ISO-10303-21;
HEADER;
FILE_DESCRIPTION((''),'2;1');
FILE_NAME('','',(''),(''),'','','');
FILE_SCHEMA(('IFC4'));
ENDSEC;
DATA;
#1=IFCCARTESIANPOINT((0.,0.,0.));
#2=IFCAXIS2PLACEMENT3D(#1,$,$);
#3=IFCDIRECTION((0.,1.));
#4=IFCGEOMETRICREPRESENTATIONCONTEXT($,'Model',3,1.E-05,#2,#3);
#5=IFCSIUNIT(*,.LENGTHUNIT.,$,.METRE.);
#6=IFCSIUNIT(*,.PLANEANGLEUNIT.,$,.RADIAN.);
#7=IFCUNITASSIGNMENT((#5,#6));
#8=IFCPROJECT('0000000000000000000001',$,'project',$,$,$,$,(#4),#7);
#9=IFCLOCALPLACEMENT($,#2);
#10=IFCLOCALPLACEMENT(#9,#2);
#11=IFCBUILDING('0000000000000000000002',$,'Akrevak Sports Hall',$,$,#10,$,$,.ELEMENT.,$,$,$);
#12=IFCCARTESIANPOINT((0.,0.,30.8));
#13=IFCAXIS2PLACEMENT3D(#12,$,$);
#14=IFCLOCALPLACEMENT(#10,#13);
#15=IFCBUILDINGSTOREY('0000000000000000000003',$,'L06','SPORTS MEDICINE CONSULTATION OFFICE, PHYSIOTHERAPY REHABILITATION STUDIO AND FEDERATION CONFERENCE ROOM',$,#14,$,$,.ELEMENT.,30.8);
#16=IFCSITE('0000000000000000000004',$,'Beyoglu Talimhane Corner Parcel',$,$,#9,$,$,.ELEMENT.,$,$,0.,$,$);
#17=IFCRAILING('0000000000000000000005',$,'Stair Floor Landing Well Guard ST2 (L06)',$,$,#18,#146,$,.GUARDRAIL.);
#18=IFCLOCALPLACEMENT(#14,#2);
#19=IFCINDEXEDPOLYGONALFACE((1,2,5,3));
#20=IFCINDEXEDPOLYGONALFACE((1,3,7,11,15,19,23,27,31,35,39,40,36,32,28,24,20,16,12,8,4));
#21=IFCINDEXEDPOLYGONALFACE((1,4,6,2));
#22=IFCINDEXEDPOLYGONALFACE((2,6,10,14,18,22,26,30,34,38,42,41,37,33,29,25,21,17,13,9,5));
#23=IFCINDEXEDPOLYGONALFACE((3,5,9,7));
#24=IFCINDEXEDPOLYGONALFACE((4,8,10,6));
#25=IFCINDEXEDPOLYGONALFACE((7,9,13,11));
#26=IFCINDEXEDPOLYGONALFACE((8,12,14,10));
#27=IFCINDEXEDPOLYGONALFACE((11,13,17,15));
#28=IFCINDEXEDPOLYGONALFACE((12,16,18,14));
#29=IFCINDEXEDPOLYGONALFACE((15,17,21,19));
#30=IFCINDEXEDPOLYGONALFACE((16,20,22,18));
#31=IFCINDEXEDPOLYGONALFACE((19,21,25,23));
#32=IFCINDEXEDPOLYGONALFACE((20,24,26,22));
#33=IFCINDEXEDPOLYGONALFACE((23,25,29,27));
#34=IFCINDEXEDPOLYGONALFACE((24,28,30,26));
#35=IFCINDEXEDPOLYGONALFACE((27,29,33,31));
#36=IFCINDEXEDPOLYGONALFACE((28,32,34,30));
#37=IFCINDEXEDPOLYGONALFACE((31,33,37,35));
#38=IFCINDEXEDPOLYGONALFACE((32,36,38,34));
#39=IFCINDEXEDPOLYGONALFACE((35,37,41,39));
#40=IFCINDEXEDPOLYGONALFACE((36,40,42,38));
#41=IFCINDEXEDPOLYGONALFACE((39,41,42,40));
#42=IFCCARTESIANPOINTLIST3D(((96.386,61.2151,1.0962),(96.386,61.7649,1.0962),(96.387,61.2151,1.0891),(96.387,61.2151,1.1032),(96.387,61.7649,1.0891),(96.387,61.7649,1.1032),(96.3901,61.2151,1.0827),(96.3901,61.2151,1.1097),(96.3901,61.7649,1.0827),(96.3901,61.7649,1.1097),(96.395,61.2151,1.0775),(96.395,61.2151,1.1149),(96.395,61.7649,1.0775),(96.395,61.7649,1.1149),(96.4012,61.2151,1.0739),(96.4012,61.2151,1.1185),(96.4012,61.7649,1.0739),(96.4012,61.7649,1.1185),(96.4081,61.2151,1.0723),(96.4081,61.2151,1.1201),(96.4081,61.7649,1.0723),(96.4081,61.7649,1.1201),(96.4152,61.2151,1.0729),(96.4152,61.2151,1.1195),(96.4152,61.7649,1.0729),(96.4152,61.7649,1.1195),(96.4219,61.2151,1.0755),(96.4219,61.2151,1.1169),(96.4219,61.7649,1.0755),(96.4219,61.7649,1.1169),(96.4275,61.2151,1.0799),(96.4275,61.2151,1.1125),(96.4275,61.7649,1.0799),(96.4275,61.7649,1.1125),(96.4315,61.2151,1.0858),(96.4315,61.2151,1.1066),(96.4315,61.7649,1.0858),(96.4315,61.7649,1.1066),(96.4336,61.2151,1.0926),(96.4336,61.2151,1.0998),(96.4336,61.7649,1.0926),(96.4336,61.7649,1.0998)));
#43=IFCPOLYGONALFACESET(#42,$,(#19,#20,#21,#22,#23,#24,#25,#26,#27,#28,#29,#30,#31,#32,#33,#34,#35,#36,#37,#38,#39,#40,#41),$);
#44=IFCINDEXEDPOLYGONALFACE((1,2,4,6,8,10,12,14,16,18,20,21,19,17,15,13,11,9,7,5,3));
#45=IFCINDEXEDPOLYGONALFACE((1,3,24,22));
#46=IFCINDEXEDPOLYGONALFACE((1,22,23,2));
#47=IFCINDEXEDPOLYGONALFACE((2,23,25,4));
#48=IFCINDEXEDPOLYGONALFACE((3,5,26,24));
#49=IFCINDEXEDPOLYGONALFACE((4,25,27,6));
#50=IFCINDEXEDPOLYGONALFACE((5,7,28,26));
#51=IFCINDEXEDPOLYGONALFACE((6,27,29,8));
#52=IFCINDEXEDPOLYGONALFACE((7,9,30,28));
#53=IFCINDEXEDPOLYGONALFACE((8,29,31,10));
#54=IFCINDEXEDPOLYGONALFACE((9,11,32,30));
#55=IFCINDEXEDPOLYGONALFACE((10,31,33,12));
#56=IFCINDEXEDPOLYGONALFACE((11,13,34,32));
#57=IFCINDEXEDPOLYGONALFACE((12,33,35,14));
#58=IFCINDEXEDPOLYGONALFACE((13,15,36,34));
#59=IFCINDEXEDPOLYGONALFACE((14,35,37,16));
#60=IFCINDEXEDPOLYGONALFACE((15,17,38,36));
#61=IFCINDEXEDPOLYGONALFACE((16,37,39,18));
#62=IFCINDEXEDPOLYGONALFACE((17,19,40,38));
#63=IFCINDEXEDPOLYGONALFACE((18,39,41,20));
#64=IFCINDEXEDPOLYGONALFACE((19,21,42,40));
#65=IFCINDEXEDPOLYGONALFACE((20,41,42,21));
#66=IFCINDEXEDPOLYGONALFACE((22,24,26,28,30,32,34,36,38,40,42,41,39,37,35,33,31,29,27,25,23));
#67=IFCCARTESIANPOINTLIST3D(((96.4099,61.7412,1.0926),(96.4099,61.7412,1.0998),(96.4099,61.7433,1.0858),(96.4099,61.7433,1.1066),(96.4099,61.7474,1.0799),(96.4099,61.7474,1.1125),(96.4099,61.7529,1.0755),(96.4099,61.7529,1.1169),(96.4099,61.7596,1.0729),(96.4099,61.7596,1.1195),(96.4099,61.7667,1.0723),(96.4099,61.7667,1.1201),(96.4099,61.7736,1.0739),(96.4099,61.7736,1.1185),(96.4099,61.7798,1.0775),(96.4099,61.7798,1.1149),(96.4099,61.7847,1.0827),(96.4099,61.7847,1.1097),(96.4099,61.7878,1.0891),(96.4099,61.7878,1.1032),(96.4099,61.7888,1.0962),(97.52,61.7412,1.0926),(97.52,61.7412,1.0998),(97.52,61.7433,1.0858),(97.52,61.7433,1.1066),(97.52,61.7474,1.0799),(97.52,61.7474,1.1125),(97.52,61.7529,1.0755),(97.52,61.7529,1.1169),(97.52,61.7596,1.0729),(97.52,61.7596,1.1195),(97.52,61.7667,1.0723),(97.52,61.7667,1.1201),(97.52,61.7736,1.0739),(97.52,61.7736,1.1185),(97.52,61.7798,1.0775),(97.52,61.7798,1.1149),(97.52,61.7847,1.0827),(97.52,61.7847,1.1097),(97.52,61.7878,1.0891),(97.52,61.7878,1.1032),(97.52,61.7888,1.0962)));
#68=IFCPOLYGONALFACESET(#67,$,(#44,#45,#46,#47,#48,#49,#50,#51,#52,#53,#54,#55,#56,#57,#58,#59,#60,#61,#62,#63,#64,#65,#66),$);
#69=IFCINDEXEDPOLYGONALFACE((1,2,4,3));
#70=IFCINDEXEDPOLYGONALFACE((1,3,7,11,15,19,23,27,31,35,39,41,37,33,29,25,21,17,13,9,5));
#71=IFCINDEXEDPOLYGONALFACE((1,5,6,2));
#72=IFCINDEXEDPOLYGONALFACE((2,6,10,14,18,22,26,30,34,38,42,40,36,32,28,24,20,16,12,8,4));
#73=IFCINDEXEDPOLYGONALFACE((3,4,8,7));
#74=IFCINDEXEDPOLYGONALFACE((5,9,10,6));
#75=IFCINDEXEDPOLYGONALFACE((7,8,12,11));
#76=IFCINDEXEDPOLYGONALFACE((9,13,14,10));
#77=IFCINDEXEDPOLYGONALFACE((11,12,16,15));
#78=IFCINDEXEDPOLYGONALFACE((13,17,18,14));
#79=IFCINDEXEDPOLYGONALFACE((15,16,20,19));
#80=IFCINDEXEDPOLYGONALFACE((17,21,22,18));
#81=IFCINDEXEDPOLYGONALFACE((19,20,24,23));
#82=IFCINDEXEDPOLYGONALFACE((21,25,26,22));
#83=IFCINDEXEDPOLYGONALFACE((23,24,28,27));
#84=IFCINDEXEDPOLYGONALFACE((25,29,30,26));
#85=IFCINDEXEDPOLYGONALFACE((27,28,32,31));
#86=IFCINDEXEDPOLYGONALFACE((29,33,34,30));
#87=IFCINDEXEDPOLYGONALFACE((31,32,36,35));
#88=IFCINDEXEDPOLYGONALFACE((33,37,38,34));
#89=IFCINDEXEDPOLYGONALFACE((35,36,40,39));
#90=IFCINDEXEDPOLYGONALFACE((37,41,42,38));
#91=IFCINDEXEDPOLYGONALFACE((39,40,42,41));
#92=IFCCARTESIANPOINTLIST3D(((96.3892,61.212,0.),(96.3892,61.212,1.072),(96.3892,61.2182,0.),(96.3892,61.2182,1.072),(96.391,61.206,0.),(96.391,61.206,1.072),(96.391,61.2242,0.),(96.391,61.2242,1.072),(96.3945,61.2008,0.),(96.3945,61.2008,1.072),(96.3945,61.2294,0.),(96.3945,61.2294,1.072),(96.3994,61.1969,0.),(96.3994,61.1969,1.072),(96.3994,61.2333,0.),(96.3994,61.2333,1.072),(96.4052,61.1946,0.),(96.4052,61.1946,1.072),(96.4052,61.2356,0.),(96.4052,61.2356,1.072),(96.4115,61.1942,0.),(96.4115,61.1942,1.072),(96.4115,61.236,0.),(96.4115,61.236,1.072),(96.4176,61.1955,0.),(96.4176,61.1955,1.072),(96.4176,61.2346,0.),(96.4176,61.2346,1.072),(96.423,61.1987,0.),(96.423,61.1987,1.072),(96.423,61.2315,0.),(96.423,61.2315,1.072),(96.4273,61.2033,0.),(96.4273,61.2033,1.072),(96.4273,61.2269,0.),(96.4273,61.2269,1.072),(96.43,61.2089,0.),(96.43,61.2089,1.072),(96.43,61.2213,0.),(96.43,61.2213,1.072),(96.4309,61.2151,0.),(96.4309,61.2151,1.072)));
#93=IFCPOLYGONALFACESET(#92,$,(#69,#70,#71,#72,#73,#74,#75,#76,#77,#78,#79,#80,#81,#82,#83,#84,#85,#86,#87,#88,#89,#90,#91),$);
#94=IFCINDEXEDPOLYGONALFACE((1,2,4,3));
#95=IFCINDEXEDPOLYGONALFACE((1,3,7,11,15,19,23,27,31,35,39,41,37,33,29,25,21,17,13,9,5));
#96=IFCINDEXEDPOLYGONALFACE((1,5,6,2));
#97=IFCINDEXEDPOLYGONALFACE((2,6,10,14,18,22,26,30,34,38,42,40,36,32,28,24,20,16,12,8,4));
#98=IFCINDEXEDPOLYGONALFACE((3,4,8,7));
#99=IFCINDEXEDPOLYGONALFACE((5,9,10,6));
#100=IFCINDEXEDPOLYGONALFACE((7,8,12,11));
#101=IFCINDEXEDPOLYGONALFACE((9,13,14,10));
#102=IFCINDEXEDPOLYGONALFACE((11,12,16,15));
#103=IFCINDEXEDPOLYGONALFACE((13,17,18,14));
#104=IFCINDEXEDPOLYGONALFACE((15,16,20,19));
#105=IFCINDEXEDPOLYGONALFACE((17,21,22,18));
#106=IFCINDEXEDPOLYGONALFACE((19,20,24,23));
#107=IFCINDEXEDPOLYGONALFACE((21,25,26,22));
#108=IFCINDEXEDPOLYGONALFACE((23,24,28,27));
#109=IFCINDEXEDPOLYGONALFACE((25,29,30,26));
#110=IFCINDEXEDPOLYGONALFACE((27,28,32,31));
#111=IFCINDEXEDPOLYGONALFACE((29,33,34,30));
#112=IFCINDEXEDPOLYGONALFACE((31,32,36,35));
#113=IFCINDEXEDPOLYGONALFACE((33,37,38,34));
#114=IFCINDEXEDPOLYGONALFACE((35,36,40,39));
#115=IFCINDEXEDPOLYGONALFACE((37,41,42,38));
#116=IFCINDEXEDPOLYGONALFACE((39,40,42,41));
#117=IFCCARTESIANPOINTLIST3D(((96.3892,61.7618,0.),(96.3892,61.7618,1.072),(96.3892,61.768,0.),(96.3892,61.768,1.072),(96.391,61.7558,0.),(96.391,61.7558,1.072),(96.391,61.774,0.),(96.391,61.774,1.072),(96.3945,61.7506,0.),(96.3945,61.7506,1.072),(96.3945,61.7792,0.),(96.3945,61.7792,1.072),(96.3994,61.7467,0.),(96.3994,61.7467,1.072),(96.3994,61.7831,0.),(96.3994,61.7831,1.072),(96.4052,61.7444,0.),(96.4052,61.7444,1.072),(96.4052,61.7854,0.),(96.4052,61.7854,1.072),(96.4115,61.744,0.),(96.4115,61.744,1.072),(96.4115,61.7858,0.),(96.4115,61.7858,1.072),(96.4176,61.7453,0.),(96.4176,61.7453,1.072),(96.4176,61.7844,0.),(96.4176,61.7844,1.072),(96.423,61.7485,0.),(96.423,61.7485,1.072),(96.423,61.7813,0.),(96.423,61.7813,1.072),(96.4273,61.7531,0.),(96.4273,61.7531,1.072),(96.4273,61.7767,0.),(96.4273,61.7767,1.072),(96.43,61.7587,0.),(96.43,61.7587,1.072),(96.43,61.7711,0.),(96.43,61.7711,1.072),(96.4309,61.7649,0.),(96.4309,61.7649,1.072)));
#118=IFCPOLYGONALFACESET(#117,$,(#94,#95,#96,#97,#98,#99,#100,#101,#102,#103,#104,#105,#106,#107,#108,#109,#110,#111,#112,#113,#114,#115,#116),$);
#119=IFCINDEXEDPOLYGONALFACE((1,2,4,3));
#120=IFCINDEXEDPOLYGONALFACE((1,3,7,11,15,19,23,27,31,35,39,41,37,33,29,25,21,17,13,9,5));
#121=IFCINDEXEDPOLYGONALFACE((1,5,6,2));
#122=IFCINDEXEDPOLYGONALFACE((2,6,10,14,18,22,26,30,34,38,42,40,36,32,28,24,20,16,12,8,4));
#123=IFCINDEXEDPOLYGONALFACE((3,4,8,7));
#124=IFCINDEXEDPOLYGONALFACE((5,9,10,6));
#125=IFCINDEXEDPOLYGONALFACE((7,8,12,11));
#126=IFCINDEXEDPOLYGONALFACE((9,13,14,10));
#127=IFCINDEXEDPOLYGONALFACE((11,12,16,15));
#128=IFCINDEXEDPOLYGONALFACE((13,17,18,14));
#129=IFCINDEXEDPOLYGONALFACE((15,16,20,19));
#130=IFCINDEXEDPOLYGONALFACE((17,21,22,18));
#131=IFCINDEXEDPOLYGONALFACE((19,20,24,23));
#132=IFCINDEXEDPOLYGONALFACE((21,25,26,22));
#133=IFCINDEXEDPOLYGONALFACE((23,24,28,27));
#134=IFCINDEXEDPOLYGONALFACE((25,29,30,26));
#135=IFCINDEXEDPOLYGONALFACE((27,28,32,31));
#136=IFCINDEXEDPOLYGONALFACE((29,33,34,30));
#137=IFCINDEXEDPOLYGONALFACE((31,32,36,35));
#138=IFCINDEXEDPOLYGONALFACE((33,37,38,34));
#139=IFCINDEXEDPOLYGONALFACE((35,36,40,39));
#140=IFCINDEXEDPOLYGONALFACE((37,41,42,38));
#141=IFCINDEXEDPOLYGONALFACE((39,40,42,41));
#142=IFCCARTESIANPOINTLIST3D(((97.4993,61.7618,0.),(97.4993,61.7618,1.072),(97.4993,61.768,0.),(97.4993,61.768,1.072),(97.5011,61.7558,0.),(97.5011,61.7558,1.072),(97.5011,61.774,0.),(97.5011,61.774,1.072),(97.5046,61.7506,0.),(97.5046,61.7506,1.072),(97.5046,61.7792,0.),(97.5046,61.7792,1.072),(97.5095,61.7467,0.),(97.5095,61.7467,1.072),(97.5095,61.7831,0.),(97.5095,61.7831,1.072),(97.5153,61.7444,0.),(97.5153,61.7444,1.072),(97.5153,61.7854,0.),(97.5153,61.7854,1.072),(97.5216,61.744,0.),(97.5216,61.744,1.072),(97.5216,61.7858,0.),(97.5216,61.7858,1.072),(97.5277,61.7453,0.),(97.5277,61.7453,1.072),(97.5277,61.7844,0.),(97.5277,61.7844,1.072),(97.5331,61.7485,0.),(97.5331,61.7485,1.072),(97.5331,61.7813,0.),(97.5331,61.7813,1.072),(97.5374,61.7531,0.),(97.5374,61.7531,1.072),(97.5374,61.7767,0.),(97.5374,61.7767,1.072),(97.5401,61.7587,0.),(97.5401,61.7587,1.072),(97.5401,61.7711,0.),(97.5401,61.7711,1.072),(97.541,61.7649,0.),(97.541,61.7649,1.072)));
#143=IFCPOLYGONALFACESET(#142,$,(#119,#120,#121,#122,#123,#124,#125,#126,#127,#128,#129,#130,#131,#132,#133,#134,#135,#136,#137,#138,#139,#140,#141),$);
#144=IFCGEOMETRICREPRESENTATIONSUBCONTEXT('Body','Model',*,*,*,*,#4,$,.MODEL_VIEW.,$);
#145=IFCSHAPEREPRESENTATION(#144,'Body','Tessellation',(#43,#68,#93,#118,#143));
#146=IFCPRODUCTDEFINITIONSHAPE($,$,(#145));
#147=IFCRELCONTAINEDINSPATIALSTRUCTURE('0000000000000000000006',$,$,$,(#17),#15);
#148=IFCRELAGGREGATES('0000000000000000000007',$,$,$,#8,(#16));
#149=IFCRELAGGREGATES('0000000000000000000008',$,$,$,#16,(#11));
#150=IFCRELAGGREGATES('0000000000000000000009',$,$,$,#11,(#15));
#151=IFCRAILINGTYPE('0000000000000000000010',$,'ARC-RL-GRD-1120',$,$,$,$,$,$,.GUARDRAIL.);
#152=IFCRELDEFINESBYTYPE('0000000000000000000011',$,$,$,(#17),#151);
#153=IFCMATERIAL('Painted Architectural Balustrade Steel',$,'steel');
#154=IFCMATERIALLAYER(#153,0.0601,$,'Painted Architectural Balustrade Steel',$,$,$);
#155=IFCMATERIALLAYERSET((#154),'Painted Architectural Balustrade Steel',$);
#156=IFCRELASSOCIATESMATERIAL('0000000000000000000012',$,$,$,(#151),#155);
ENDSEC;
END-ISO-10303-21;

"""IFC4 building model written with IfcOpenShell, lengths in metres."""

from ifc_helpers import new_model, si_unit, direction, frame, origin, origin_2d, place, context, subcontext, project, spatial, circle, extrude, material, layer, layer_set, type_object, element, save


model = new_model("IFC4")

# Units and contexts
model_context = context("Model", 3, precision=1e-05, world=origin(), true_north=direction((0.0, 1.0)))
body_context = subcontext(model_context, "Body", "Model", "MODEL_VIEW")
ifc_project = project(units=[si_unit("LENGTHUNIT", "METRE"), si_unit("PLANEANGLEUNIT", "RADIAN")], contexts=[model_context])

# Site, building, storey
site_placement = place(None, origin())
site = spatial("IfcSite", under=ifc_project, at=site_placement, Name="Beyoglu Talimhane Corner Parcel", CompositionType="ELEMENT", RefElevation=0.0)
building_placement = place(site_placement, origin())
building = spatial("IfcBuilding", under=site, at=building_placement, Name="Akrevak Sports Hall", CompositionType="ELEMENT")
storey_placement = place(building_placement, frame((0.0, 0.0, 30.8)))
storey = spatial("IfcBuildingStorey", under=building, at=storey_placement, Name="L06", Description="SPORTS MEDICINE CONSULTATION OFFICE, PHYSIOTHERAPY REHABILITATION STUDIO AND FEDERATION CONFERENCE ROOM", CompositionType="ELEMENT", Elevation=30.8)

# Railing
ifc_material_1 = material(Name="Painted Architectural Balustrade Steel", Category="steel")
ifc_layer_1 = layer(ifc_material_1, 0.0601, Name="Painted Architectural Balustrade Steel")
ifc_layer_set_1 = layer_set([ifc_layer_1], Name="Painted Architectural Balustrade Steel")
railing_type_1 = type_object("IfcRailingType", Name="ARC-RL-GRD-1120", PredefinedType="GUARDRAIL", material=ifc_layer_set_1)
for number, where, name in (
    (1, (96.4099, 61.2151, 0.0), "Stair Floor Landing Well Guard ST2 (L06)"),
):
    element("IfcRailing", number, at=place(storey_placement, frame(where)), inside=storey, type_object=railing_type_1, Name=name, PredefinedType="GUARDRAIL", context=body_context, shape_type="SweptSolid", body=[
        extrude(circle(Radius=0.0239, at=origin_2d()), frame((0.0, 0.0, 1.0962), z_axis=(0.0, 1.0, 0.0), x_axis=(-1.0, 0.0, 0.0)), (0.0, 0.0, 1.0), 0.5498),
        extrude(circle(Radius=0.0239, at=origin_2d()), frame((0.0, 0.5498, 1.0962), z_axis=(1.0, 0.0, 0.0), x_axis=(0.0, 1.0, 0.0)), (0.0, 0.0, 1.0), 1.1101),
        extrude(circle(Radius=0.021, at=origin_2d()), origin(), (0.0, 0.0, 1.0), 1.072),
        extrude(circle(Radius=0.021, at=origin_2d()), frame((0.0, 0.5498, 0.0)), (0.0, 0.0, 1.0), 1.072),
        extrude(circle(Radius=0.021, at=origin_2d()), frame((1.1101, 0.5498, 0.0)), (0.0, 0.0, 1.0), 1.072),
    ])

save(model, "model.ifc")
